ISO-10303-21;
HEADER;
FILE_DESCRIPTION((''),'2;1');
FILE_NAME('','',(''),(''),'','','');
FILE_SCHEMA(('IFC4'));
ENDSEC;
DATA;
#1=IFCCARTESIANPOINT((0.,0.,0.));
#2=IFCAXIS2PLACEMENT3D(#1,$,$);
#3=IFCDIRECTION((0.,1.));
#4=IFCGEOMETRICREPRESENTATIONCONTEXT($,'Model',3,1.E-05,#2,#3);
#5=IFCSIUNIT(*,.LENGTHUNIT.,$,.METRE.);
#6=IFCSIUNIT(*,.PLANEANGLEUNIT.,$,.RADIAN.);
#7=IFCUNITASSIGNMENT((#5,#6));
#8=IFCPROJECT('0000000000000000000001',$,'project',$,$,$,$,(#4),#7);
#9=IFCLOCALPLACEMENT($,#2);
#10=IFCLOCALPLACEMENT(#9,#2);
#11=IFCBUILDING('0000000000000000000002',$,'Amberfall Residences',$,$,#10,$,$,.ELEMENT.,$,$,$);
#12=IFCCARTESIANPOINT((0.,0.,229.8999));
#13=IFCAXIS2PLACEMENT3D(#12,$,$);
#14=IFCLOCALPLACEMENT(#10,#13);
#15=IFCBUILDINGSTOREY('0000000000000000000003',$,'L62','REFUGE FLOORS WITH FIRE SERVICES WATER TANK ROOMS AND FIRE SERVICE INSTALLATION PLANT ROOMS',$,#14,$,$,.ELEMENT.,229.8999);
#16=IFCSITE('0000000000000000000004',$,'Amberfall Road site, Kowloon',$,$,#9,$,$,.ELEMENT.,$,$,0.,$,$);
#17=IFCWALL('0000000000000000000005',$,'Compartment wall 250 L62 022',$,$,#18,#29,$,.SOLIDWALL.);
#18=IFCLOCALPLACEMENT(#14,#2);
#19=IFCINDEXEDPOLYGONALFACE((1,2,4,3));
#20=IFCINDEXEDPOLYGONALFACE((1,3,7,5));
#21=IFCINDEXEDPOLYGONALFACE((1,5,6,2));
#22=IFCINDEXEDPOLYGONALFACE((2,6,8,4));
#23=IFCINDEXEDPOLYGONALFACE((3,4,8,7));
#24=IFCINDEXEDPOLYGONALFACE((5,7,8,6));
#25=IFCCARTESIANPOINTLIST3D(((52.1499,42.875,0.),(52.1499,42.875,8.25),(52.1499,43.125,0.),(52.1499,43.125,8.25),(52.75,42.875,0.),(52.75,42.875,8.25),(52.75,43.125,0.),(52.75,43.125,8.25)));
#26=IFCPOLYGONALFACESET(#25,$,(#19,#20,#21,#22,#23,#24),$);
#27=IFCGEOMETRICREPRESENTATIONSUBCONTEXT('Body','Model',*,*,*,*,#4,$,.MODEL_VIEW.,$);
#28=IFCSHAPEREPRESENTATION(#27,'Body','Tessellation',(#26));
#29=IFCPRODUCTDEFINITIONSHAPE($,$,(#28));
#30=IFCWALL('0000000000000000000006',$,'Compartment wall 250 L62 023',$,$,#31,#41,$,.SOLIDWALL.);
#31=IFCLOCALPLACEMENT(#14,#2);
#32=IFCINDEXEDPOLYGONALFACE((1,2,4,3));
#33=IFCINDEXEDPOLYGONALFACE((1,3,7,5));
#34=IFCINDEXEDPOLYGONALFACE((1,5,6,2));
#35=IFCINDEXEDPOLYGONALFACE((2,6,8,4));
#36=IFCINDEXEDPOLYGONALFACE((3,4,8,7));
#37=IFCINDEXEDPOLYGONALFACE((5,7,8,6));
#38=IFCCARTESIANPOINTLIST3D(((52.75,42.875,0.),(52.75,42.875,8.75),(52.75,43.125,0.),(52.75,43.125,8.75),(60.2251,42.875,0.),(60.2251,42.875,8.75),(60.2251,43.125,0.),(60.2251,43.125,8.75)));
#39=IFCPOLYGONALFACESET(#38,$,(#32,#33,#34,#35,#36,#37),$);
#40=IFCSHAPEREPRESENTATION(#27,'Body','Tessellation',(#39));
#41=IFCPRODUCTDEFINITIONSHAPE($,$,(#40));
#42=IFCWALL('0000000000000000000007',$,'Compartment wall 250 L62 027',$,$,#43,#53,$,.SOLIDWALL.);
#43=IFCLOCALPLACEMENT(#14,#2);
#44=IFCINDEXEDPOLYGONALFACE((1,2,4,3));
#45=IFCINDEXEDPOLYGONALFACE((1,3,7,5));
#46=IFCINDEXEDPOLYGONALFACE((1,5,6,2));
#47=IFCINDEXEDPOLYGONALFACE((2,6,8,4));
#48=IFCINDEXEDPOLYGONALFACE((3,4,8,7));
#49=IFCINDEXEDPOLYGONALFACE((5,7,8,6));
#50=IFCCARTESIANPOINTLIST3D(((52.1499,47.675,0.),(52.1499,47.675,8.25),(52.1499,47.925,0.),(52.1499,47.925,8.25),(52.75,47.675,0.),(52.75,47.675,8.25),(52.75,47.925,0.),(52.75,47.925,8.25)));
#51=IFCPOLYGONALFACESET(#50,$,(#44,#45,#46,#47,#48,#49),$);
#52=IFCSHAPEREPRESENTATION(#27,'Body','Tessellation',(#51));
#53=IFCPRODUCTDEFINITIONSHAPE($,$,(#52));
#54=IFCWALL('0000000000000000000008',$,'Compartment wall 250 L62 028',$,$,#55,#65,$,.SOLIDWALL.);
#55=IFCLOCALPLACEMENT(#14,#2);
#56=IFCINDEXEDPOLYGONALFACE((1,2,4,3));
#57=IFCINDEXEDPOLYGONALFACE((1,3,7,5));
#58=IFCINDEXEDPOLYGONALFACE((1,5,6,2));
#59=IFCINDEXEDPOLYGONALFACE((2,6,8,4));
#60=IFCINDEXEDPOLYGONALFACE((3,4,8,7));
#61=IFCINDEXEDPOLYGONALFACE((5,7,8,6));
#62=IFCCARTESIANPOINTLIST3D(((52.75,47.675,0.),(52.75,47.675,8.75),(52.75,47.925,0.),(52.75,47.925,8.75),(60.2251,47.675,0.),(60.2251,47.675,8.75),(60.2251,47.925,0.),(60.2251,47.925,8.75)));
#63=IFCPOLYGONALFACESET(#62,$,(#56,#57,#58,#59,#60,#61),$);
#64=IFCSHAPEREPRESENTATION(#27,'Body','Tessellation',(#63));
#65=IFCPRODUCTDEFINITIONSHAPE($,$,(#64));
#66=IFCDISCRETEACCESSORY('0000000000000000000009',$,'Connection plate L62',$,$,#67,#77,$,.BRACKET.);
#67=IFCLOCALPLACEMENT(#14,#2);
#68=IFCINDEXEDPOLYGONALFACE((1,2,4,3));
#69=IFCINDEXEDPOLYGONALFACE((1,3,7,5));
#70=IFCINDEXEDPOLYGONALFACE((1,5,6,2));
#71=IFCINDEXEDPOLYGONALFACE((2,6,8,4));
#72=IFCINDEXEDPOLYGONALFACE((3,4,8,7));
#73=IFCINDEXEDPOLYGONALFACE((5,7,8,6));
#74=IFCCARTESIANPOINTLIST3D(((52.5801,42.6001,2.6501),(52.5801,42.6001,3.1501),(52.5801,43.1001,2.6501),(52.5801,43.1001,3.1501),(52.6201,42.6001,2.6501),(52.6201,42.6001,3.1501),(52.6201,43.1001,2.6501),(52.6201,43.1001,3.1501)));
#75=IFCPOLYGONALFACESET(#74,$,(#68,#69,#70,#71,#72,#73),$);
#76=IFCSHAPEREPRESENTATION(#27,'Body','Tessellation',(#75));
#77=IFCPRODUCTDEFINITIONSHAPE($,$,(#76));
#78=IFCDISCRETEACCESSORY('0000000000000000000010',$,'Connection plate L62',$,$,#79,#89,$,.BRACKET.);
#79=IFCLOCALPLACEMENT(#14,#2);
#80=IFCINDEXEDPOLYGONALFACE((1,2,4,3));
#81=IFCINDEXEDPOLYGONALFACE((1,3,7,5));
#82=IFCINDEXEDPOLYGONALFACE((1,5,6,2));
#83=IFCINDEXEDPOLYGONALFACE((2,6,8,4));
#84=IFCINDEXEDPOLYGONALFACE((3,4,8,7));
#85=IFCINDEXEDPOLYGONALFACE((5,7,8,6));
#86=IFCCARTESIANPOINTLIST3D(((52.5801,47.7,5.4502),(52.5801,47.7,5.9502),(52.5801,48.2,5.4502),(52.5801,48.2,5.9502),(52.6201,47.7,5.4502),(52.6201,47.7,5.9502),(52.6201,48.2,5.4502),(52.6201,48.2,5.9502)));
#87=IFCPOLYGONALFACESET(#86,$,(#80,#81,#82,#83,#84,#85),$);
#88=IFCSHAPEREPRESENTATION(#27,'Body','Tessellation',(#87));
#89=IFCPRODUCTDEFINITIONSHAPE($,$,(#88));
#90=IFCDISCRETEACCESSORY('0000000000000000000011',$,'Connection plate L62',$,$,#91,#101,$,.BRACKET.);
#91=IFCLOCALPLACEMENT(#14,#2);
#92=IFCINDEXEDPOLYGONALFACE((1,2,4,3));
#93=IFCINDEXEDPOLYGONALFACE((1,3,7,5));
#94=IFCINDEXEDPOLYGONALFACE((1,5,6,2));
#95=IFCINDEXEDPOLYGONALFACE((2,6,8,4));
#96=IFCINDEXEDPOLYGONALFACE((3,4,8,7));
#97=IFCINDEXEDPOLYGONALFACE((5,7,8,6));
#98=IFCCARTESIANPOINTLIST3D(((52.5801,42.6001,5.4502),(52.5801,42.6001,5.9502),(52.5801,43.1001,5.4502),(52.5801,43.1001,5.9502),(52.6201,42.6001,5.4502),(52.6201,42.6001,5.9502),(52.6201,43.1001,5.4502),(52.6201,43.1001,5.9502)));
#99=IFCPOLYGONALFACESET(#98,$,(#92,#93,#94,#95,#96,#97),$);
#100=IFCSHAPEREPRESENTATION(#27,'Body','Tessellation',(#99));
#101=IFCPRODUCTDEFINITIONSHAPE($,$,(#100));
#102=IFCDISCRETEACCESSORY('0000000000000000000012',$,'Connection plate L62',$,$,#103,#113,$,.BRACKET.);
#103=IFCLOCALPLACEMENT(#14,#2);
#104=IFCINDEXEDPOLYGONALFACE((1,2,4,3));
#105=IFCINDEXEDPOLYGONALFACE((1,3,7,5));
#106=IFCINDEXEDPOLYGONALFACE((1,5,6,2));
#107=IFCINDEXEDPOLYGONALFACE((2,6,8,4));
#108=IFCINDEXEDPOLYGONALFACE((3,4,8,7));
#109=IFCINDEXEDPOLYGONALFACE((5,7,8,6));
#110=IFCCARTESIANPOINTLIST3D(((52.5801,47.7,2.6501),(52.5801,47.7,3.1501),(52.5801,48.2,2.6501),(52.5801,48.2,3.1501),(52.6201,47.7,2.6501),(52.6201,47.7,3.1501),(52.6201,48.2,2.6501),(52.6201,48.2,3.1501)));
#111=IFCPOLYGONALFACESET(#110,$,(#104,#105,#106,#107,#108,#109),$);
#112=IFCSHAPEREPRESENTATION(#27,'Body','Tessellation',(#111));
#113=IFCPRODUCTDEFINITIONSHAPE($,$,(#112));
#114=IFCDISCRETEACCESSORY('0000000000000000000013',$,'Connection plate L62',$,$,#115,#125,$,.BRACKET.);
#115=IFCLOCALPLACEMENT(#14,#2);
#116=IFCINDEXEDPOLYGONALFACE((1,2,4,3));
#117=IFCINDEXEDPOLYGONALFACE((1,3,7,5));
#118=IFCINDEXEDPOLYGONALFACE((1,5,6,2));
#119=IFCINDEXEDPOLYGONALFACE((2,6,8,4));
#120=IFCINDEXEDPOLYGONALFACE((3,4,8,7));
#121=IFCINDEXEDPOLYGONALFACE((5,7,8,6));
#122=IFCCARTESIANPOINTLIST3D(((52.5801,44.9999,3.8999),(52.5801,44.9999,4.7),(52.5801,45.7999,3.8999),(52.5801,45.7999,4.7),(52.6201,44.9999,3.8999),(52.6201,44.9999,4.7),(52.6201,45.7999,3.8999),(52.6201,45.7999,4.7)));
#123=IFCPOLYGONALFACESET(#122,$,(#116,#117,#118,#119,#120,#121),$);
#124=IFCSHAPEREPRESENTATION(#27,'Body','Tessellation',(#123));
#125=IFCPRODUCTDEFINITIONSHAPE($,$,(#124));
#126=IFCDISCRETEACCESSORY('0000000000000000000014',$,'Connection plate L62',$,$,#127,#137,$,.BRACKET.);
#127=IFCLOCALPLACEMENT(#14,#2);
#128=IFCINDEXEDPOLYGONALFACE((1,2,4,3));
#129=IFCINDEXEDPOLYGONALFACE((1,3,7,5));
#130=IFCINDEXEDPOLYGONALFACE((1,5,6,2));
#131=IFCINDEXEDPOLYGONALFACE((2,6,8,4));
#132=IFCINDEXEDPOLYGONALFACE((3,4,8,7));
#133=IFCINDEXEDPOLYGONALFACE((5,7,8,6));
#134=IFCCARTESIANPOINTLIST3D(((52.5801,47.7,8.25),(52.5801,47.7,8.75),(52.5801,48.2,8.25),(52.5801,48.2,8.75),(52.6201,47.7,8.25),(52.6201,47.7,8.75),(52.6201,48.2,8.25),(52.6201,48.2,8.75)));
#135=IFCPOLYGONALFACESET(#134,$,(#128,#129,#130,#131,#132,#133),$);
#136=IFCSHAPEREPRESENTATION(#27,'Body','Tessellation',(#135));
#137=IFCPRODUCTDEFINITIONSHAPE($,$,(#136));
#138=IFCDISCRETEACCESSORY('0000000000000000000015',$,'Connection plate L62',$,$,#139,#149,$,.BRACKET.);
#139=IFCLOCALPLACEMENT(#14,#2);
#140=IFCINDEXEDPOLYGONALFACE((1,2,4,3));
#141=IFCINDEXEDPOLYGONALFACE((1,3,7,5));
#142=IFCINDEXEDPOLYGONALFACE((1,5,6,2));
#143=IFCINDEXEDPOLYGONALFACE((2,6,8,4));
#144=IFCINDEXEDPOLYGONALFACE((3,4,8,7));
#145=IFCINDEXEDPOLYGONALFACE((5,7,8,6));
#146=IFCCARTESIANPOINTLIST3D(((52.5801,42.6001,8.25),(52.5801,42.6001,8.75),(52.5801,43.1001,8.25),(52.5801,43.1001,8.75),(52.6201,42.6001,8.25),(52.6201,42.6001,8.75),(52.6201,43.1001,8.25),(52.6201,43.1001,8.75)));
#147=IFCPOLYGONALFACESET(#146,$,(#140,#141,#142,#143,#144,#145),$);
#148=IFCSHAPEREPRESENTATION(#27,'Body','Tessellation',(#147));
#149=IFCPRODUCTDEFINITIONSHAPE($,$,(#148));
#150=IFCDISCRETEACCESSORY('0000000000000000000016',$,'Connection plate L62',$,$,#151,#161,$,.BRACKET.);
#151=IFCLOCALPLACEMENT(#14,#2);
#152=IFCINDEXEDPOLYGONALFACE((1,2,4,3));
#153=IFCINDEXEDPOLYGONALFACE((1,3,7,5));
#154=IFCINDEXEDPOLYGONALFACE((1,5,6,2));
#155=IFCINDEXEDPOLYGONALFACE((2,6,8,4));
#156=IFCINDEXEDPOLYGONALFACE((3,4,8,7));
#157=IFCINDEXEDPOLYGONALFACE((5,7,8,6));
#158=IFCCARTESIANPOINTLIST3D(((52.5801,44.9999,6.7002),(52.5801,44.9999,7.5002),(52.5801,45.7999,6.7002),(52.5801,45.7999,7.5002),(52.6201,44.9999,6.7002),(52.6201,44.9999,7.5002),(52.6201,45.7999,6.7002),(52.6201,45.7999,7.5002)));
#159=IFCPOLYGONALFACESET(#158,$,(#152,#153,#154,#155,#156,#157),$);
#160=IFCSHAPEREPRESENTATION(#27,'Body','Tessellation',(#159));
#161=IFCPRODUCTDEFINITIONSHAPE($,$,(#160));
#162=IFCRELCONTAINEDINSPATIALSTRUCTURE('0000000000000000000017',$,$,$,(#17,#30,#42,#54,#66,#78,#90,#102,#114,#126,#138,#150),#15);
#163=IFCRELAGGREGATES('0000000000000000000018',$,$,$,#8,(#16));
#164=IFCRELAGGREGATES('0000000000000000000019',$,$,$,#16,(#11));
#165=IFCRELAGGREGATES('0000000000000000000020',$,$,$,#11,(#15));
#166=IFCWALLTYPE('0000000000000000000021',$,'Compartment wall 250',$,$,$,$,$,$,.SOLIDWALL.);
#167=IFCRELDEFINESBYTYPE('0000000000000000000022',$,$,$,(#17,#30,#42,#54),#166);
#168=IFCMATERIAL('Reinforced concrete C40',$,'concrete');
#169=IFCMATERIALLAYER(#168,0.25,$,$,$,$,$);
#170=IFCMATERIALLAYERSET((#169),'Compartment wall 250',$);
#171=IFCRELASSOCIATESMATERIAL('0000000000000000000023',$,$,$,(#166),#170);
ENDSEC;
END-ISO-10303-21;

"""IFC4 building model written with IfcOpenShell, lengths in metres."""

from ifc_helpers import new_model, si_unit, direction, frame, frame_2d, origin, origin_2d, place, context, subcontext, project, spatial, rectangle, extrude, material, layer, layer_set, type_object, element, save


model = new_model("IFC4")

# Units and contexts
model_context = context("Model", 3, precision=1e-05, world=origin(), true_north=direction((0.0, 1.0)))
body_context = subcontext(model_context, "Body", "Model", "MODEL_VIEW")
ifc_project = project(units=[si_unit("LENGTHUNIT", "METRE"), si_unit("PLANEANGLEUNIT", "RADIAN")], contexts=[model_context])

# Site, building, storey
site_placement = place(None, origin())
site = spatial("IfcSite", under=ifc_project, at=site_placement, Name="Amberfall Road site, Kowloon", CompositionType="ELEMENT", RefElevation=0.0)
building_placement = place(site_placement, origin())
building = spatial("IfcBuilding", under=site, at=building_placement, Name="Amberfall Residences", CompositionType="ELEMENT")
storey_placement = place(building_placement, frame((0.0, 0.0, 229.8999)))
storey = spatial("IfcBuildingStorey", under=building, at=storey_placement, Name="L62", Description="REFUGE FLOORS WITH FIRE SERVICES WATER TANK ROOMS AND FIRE SERVICE INSTALLATION PLANT ROOMS", CompositionType="ELEMENT", Elevation=229.8999)

# Walls
ifc_material_1 = material(Name="Reinforced concrete C40", Category="concrete")
ifc_layer = layer(ifc_material_1, 0.25)
ifc_layer_set = layer_set([ifc_layer], Name="Compartment wall 250")
wall_type = type_object("IfcWallType", Name="Compartment wall 250", PredefinedType="SOLIDWALL", material=ifc_layer_set)
wall_1_placement = place(storey_placement, frame((52.1499, 43.0, 0.0), z_axis=(0.0, 0.0, 1.0), x_axis=(1.0, 0.0, 0.0)))
element("IfcWall", 1, at=wall_1_placement, inside=storey, type_object=wall_type, Name="Compartment wall 250 L62 022", PredefinedType="SOLIDWALL", context=body_context, shape_type="SweptSolid", body=[
    extrude(rectangle(XDim=0.6001, YDim=0.25, at=frame_2d((0.3, 0.0))), origin(), (0.0, 0.0, 1.0), 8.25),
])
wall_2_placement = place(storey_placement, frame((52.75, 43.0, 0.0), z_axis=(0.0, 0.0, 1.0), x_axis=(1.0, 0.0, 0.0)))
element("IfcWall", 2, at=wall_2_placement, inside=storey, type_object=wall_type, Name="Compartment wall 250 L62 023", PredefinedType="SOLIDWALL", context=body_context, shape_type="SweptSolid", body=[
    extrude(rectangle(XDim=7.4751, YDim=0.25, at=frame_2d((3.7375, 0.0))), origin(), (0.0, 0.0, 1.0), 8.75),
])
wall_3_placement = place(storey_placement, frame((52.1499, 47.8, 0.0), z_axis=(0.0, 0.0, 1.0), x_axis=(1.0, 0.0, 0.0)))
element("IfcWall", 3, at=wall_3_placement, inside=storey, type_object=wall_type, Name="Compartment wall 250 L62 027", PredefinedType="SOLIDWALL", context=body_context, shape_type="SweptSolid", body=[
    extrude(rectangle(XDim=0.6001, YDim=0.25, at=frame_2d((0.3, 0.0))), origin(), (0.0, 0.0, 1.0), 8.25),
])
wall_4_placement = place(storey_placement, frame((52.75, 47.8, 0.0), z_axis=(0.0, 0.0, 1.0), x_axis=(1.0, 0.0, 0.0)))
element("IfcWall", 4, at=wall_4_placement, inside=storey, type_object=wall_type, Name="Compartment wall 250 L62 028", PredefinedType="SOLIDWALL", context=body_context, shape_type="SweptSolid", body=[
    extrude(rectangle(XDim=7.4751, YDim=0.25, at=frame_2d((3.7375, 0.0))), origin(), (0.0, 0.0, 1.0), 8.75),
])

# Discrete accessories
for number, where, z_axis, x_axis, name in (
    (5, (52.6001, 42.8501, 2.6501), (0.0, 0.0, 1.0), (0.0, 1.0, 0.0), "Connection plate L62"),
    (6, (52.6001, 47.95, 5.4502), (0.0, 0.0, 1.0), (0.0, 1.0, 0.0), "Connection plate L62"),
    (7, (52.6001, 42.8501, 5.4502), (0.0, 0.0, 1.0), (0.0, 1.0, 0.0), "Connection plate L62"),
    (8, (52.6001, 47.95, 2.6501), (0.0, 0.0, 1.0), (0.0, 1.0, 0.0), "Connection plate L62"),
):
    element("IfcDiscreteAccessory", number, at=place(storey_placement, frame(where, z_axis=z_axis, x_axis=x_axis)), inside=storey, Name=name, PredefinedType="BRACKET", context=body_context, shape_type="SweptSolid", body=[
        extrude(rectangle(XDim=0.5, YDim=0.04, at=origin_2d()), origin(), (0.0, 0.0, 1.0), 0.5),
    ])
discrete_accessory_1_placement = place(storey_placement, frame((52.6001, 45.3999, 3.8999), z_axis=(0.0, 0.0, 1.0), x_axis=(0.0, 1.0, 0.0)))
element("IfcDiscreteAccessory", 9, at=discrete_accessory_1_placement, inside=storey, Name="Connection plate L62", PredefinedType="BRACKET", context=body_context, shape_type="SweptSolid", body=[
    extrude(rectangle(XDim=0.8, YDim=0.04, at=origin_2d()), origin(), (0.0, 0.0, 1.0), 0.8),
])
for number, where, z_axis, x_axis, name in (
    (10, (52.6001, 47.95, 8.25), (0.0, 0.0, 1.0), (0.0, 1.0, 0.0), "Connection plate L62"),
    (11, (52.6001, 42.8501, 8.25), (0.0, 0.0, 1.0), (0.0, 1.0, 0.0), "Connection plate L62"),
):
    element("IfcDiscreteAccessory", number, at=place(storey_placement, frame(where, z_axis=z_axis, x_axis=x_axis)), inside=storey, Name=name, PredefinedType="BRACKET", context=body_context, shape_type="SweptSolid", body=[
        extrude(rectangle(XDim=0.5, YDim=0.04, at=origin_2d()), origin(), (0.0, 0.0, 1.0), 0.5),
    ])
discrete_accessory_2_placement = place(storey_placement, frame((52.6001, 45.3999, 6.7002), z_axis=(0.0, 0.0, 1.0), x_axis=(0.0, 1.0, 0.0)))
element("IfcDiscreteAccessory", 12, at=discrete_accessory_2_placement, inside=storey, Name="Connection plate L62", PredefinedType="BRACKET", context=body_context, shape_type="SweptSolid", body=[
    extrude(rectangle(XDim=0.8, YDim=0.04, at=origin_2d()), origin(), (0.0, 0.0, 1.0), 0.8),
])

save(model, "model.ifc")
